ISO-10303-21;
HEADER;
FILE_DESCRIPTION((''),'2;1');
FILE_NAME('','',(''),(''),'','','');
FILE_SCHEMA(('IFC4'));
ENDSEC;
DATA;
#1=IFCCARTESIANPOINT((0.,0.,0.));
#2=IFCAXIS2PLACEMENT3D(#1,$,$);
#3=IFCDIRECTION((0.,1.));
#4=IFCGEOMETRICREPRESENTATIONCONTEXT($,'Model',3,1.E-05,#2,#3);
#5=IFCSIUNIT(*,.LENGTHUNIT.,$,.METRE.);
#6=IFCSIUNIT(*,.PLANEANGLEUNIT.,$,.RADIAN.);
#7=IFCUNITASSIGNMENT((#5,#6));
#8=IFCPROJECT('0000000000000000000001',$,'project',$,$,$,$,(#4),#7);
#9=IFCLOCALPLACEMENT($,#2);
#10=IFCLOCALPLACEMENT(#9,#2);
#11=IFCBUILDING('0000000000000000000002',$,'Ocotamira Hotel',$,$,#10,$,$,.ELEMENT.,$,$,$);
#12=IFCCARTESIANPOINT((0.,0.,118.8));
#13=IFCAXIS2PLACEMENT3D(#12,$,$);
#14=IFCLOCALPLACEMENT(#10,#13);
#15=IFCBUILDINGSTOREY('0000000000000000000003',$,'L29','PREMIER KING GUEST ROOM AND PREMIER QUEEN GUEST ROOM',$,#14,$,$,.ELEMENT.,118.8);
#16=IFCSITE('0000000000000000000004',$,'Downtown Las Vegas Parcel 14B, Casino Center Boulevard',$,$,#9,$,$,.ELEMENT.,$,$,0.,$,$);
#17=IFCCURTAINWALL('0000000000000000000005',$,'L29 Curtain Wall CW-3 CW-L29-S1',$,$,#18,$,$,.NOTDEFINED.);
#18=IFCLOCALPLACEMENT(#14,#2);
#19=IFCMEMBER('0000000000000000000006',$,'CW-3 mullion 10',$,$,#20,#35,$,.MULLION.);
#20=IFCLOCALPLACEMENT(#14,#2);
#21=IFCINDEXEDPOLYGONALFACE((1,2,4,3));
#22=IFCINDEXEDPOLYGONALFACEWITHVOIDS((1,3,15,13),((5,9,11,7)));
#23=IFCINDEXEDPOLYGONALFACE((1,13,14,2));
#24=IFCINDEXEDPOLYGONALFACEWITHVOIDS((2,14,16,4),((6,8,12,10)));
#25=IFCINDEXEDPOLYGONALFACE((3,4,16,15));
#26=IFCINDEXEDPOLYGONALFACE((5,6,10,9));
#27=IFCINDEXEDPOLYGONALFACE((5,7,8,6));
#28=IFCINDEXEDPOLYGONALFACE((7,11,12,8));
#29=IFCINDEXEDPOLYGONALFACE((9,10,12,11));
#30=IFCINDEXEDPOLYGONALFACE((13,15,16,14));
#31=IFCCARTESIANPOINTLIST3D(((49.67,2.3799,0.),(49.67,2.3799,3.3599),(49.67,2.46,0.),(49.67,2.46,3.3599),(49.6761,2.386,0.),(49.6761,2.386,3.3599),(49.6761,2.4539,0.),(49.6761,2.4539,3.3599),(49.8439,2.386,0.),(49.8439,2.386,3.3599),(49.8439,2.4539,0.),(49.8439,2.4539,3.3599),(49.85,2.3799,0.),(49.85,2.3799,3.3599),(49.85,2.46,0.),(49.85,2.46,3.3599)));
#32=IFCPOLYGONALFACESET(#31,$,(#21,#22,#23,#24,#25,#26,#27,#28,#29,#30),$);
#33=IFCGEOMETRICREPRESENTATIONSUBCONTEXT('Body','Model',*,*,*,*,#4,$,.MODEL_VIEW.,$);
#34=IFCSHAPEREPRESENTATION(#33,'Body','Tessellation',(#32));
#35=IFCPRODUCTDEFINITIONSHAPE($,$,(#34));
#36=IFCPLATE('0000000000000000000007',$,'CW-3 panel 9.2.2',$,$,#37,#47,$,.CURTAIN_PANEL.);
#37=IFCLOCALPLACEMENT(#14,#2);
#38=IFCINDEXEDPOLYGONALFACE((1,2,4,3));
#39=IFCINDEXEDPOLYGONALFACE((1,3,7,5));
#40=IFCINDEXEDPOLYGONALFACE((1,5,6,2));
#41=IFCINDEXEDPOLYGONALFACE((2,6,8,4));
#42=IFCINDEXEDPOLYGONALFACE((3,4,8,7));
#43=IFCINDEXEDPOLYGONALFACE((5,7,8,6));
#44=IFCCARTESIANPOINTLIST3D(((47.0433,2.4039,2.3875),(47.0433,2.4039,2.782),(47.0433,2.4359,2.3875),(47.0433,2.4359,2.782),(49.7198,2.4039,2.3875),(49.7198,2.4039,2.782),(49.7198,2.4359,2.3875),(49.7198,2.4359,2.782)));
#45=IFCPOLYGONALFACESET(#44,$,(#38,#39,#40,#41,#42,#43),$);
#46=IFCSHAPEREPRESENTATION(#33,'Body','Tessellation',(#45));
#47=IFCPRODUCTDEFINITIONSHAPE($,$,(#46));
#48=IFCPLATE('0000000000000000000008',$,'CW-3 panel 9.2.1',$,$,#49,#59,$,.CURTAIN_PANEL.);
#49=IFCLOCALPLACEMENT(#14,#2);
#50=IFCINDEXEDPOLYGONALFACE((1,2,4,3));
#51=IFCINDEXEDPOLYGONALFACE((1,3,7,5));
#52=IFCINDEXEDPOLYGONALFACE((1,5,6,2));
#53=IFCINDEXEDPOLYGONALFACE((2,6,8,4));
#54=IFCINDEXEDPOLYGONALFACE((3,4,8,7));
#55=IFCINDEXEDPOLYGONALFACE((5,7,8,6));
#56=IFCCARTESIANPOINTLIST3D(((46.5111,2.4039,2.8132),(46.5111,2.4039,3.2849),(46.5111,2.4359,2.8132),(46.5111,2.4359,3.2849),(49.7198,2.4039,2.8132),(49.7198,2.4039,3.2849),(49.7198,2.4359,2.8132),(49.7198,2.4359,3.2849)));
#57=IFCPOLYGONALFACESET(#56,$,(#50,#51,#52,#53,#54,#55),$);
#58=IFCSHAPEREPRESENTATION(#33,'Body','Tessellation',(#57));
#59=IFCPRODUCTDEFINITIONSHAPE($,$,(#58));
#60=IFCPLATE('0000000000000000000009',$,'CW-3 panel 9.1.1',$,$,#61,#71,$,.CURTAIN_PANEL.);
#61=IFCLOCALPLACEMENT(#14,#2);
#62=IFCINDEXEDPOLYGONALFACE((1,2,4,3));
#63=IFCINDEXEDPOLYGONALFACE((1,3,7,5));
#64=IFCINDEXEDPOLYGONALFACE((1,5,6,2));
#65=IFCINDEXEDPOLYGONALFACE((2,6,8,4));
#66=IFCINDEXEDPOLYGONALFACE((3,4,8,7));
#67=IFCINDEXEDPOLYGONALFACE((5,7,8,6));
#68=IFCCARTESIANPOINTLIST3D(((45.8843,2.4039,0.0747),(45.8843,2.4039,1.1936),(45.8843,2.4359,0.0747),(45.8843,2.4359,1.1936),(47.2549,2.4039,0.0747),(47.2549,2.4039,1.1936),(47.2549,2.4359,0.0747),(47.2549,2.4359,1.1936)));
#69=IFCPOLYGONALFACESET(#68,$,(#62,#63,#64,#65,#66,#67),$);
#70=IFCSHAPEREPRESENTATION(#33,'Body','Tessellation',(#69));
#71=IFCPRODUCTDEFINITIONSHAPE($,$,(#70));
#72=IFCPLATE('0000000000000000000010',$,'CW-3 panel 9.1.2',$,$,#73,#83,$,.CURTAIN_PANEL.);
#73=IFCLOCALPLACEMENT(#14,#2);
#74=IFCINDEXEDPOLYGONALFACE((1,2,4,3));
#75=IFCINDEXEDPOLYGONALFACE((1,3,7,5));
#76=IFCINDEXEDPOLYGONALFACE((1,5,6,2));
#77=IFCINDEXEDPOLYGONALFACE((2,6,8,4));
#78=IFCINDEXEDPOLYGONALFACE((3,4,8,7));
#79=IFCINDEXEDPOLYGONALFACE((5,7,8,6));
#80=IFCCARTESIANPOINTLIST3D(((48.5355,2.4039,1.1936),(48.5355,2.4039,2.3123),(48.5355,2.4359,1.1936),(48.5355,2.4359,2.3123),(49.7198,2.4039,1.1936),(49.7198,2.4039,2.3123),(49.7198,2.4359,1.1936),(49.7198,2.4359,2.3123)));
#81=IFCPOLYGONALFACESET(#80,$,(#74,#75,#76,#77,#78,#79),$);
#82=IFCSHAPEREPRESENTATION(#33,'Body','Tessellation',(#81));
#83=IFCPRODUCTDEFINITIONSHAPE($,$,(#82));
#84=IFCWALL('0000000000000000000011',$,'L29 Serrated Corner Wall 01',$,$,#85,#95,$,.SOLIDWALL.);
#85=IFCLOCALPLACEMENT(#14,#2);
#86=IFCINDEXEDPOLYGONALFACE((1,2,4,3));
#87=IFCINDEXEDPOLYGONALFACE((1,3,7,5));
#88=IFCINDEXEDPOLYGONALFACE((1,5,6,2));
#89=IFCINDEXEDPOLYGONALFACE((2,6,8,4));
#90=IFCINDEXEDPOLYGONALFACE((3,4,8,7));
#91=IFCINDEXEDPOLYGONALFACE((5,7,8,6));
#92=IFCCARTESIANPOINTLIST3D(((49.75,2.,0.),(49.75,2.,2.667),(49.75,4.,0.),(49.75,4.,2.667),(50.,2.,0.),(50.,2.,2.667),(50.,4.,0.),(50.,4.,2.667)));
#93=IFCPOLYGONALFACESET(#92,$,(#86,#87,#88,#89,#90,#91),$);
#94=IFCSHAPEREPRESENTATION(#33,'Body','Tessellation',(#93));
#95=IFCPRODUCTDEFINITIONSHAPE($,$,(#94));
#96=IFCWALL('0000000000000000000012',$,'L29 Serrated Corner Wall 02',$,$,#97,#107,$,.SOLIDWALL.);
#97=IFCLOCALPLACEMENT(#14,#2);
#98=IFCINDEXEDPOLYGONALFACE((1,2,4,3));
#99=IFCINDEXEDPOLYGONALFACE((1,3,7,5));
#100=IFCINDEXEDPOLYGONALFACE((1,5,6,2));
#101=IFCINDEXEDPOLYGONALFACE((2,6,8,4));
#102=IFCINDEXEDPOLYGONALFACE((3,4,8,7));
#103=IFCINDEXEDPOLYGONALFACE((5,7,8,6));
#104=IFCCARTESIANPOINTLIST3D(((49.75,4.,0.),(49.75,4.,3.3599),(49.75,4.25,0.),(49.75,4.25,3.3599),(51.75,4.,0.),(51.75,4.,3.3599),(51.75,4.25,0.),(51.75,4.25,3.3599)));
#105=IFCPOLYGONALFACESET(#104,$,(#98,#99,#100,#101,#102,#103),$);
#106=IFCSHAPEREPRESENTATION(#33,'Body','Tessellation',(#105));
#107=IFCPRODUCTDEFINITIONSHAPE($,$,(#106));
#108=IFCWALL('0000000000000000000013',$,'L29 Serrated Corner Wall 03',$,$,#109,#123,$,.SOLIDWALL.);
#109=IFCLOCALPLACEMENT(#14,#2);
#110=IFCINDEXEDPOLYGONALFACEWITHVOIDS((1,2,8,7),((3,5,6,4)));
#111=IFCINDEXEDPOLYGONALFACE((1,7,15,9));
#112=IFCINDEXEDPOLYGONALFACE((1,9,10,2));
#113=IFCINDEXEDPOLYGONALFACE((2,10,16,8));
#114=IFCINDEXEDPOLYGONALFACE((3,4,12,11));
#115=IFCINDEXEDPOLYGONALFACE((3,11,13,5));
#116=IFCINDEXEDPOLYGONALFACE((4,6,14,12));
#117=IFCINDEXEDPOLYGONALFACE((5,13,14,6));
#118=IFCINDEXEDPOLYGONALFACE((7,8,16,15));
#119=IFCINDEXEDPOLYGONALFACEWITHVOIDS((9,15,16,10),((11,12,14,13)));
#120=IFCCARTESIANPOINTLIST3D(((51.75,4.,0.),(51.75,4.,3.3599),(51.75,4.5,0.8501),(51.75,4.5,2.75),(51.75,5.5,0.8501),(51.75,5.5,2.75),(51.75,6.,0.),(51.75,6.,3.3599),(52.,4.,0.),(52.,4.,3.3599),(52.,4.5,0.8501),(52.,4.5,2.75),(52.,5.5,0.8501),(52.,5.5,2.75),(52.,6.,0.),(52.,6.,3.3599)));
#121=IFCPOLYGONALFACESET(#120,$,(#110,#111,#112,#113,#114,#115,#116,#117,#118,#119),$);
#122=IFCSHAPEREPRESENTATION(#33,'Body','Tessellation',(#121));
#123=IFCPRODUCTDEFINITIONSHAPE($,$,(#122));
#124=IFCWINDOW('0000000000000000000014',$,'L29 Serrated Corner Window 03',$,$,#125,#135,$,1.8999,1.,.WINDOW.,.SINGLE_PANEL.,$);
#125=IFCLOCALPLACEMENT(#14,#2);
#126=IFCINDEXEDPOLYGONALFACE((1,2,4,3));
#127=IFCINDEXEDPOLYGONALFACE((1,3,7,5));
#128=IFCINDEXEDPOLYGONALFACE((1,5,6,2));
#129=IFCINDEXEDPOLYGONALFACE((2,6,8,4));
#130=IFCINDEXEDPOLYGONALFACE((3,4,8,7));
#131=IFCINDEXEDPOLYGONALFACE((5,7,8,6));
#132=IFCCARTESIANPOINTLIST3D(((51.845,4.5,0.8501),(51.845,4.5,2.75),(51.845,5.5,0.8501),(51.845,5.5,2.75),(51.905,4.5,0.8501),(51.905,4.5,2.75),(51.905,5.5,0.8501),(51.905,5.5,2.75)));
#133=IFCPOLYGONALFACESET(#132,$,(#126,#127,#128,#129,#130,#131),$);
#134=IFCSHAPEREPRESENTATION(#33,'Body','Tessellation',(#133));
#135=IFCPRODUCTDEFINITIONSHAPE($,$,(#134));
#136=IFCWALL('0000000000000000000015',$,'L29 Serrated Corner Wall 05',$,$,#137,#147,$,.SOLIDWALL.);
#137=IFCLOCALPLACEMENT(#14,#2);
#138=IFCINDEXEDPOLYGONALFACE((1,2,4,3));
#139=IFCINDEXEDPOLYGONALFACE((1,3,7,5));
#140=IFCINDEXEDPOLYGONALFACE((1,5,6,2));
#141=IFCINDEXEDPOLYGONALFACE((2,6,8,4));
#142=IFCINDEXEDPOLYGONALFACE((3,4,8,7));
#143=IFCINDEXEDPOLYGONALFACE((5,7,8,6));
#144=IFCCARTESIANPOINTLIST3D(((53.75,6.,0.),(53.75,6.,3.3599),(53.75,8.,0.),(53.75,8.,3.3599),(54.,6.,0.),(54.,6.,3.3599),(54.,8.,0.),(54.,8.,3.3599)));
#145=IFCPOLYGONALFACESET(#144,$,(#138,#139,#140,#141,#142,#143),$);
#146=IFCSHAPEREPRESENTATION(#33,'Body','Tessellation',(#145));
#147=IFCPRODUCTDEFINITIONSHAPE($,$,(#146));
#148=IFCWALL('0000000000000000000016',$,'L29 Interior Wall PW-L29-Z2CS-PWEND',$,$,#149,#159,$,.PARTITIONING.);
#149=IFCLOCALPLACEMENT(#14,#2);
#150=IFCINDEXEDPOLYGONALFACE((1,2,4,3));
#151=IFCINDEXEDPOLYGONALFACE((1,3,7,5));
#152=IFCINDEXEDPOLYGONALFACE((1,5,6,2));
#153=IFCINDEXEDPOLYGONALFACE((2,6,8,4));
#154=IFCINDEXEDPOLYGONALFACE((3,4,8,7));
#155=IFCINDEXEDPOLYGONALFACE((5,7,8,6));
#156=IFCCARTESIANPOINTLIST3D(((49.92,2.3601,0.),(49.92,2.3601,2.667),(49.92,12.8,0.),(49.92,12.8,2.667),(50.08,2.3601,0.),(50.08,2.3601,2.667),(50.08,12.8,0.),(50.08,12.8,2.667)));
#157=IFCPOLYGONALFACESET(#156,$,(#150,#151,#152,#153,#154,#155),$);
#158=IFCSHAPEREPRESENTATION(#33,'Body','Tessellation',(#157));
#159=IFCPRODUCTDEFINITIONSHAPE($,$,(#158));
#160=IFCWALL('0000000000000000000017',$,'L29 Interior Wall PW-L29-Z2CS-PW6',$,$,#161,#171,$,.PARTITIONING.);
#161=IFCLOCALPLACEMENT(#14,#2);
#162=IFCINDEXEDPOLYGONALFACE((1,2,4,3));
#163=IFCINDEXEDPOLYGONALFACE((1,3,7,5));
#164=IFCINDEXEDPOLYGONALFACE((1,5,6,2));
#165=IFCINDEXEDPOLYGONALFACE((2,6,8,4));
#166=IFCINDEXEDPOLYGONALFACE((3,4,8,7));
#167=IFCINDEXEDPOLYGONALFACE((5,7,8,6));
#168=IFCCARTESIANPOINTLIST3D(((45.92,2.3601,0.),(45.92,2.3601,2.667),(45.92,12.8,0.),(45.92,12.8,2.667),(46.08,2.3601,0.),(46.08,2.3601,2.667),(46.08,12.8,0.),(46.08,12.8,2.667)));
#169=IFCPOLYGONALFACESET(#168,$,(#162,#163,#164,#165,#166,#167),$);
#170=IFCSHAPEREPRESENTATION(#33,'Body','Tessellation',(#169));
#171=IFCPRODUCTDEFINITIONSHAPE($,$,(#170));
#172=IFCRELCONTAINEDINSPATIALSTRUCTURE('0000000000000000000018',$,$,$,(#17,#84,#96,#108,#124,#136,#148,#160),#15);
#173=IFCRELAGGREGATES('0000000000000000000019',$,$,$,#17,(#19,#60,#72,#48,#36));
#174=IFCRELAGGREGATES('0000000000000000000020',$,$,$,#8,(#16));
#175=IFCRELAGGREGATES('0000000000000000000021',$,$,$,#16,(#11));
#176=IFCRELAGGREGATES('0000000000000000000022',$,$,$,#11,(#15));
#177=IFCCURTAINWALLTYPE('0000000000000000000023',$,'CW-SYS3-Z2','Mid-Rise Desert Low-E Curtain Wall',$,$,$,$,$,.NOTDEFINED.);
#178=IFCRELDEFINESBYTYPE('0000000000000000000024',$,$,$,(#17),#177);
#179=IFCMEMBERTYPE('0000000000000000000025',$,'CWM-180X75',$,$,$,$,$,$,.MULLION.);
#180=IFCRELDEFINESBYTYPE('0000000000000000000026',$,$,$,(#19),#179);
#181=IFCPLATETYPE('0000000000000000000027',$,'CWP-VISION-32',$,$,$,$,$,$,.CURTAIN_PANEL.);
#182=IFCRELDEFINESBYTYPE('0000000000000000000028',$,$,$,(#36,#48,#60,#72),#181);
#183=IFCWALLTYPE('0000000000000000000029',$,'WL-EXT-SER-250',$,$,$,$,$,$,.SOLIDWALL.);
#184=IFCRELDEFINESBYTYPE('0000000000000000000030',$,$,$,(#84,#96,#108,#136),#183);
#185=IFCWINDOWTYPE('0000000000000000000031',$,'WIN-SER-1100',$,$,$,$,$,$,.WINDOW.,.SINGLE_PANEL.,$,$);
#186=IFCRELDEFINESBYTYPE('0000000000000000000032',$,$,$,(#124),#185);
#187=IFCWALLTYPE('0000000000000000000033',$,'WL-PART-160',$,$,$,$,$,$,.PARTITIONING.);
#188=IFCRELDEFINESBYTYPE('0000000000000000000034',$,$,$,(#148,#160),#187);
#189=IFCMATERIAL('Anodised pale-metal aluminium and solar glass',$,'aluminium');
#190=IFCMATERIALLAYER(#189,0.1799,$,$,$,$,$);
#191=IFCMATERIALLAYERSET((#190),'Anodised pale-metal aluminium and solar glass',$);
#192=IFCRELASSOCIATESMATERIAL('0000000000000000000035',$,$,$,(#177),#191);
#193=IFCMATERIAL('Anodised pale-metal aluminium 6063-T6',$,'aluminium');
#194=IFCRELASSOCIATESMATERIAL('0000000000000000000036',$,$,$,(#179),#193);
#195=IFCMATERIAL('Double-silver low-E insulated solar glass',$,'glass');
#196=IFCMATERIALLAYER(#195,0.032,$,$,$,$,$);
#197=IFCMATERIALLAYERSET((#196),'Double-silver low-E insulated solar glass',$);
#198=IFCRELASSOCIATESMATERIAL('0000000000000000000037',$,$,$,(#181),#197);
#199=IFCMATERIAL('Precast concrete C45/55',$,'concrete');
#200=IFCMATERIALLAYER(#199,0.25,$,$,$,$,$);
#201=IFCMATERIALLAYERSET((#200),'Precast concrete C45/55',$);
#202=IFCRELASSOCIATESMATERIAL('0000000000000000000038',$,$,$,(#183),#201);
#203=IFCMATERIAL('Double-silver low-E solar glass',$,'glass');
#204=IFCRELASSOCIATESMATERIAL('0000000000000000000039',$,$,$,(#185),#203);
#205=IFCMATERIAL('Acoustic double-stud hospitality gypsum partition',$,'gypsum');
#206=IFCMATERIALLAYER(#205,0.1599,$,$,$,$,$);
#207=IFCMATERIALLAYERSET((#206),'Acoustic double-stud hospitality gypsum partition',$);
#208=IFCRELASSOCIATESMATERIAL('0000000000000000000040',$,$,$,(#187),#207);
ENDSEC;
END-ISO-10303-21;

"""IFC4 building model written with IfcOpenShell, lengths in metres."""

from ifc_helpers import new_model, si_unit, direction, frame, frame_2d, origin, origin_2d, place, context, subcontext, project, spatial, rectangle, hollow_rectangle, extrude, source, transform, mapped, material, layer, layer_set, material_profile, profile_set, type_object, element, fill, aggregate, save


model = new_model("IFC4")

# Units and contexts
model_context = context("Model", 3, precision=1e-05, world=origin(), true_north=direction((0.0, 1.0)))
body_context = subcontext(model_context, "Body", "Model", "MODEL_VIEW")
ifc_project = project(units=[si_unit("LENGTHUNIT", "METRE"), si_unit("PLANEANGLEUNIT", "RADIAN")], contexts=[model_context])

# Site, building, storey
site_placement = place(None, origin())
site = spatial("IfcSite", under=ifc_project, at=site_placement, Name="Downtown Las Vegas Parcel 14B, Casino Center Boulevard", CompositionType="ELEMENT", RefElevation=0.0)
building_placement = place(site_placement, origin())
building = spatial("IfcBuilding", under=site, at=building_placement, Name="Ocotamira Hotel", CompositionType="ELEMENT")
storey_placement = place(building_placement, frame((0.0, 0.0, 118.8)))
storey = spatial("IfcBuildingStorey", under=building, at=storey_placement, Name="L29", Description="PREMIER KING GUEST ROOM AND PREMIER QUEEN GUEST ROOM", CompositionType="ELEMENT", Elevation=118.8)

# Curtain wall, member, plates
ifc_material_1 = material(Name="Anodised pale-metal aluminium and solar glass", Category="aluminium")
ifc_layer_1 = layer(ifc_material_1, 0.1799)
ifc_layer_set_1 = layer_set([ifc_layer_1], Name="Anodised pale-metal aluminium and solar glass")
curtain_wall_type = type_object("IfcCurtainWallType", Name="CW-SYS3-Z2", Description="Mid-Rise Desert Low-E Curtain Wall", PredefinedType="NOTDEFINED", material=ifc_layer_set_1)
curtain_wall_placement = place(storey_placement, origin())
curtain_wall = element("IfcCurtainWall", 1, at=curtain_wall_placement, inside=storey, type_object=curtain_wall_type, Name="L29 Curtain Wall CW-3 CW-L29-S1", PredefinedType="NOTDEFINED")
ifc_material_2 = material(Name="Anodised pale-metal aluminium 6063-T6", Category="aluminium")
ifc_material_profile_1 = material_profile(ifc_material_2, hollow_rectangle(XDim=0.0801, YDim=0.1799, WallThickness=0.0061, at=origin_2d()), Name="HSS180X80X6")
ifc_profile_set_1 = profile_set([ifc_material_profile_1], Name="Anodised pale-metal aluminium 6063-T6")
member_type_1 = type_object("IfcMemberType", Name="CWM-180X75", PredefinedType="MULLION", material=ifc_profile_set_1)
shared_shape_1 = source(origin(), body_context, "Body", "SweptSolid", [
    extrude(hollow_rectangle(XDim=0.0801, YDim=0.1799, WallThickness=0.0061, at=origin_2d()), origin(), (0.0, 0.0, 1.0), 3.3599),
])
member_1_placement = place(storey_placement, frame((49.76, 2.4199, 0.0), z_axis=(0.0, 0.0, 1.0), x_axis=(0.0, 1.0, 0.0)))
member_1 = element("IfcMember", 2, at=member_1_placement, type_object=member_type_1, Name="CW-3 mullion 10", PredefinedType="MULLION", context=body_context, shape_type="MappedRepresentation", body=[
    mapped(shared_shape_1, transform((0.0, 0.0, 0.0), scale=1.0)),
])
ifc_material_3 = material(Name="Double-silver low-E insulated solar glass", Category="glass")
ifc_layer_2 = layer(ifc_material_3, 0.032)
ifc_layer_set_2 = layer_set([ifc_layer_2], Name="Double-silver low-E insulated solar glass")
plate_type = type_object("IfcPlateType", Name="CWP-VISION-32", PredefinedType="CURTAIN_PANEL", material=ifc_layer_set_2)
shared_shape_2 = source(origin(), body_context, "Body", "SweptSolid", [
    extrude(rectangle(XDim=2.6765, YDim=0.032, at=origin_2d()), origin(), (0.0, 0.0, 1.0), 0.3945),
])
plate_1_placement = place(storey_placement, frame((48.3816, 2.4199, 2.3875), z_axis=(0.0, 0.0, 1.0), x_axis=(1.0, 0.0, 0.0)))
plate_1 = element("IfcPlate", 3, at=plate_1_placement, type_object=plate_type, Name="CW-3 panel 9.2.2", PredefinedType="CURTAIN_PANEL", context=body_context, shape_type="MappedRepresentation", body=[
    mapped(shared_shape_2, transform((0.0, 0.0, 0.0), scale=1.0)),
])
shared_shape_3 = source(origin(), body_context, "Body", "SweptSolid", [
    extrude(rectangle(XDim=3.2087, YDim=0.032, at=origin_2d()), origin(), (0.0, 0.0, 1.0), 0.4717),
])
plate_2_placement = place(storey_placement, frame((48.1155, 2.4199, 2.8132), z_axis=(0.0, 0.0, 1.0), x_axis=(1.0, 0.0, 0.0)))
plate_2 = element("IfcPlate", 4, at=plate_2_placement, type_object=plate_type, Name="CW-3 panel 9.2.1", PredefinedType="CURTAIN_PANEL", context=body_context, shape_type="MappedRepresentation", body=[
    mapped(shared_shape_3, transform((0.0, 0.0, 0.0), scale=1.0)),
])
shared_shape_4 = source(origin(), body_context, "Body", "SweptSolid", [
    extrude(rectangle(XDim=1.3706, YDim=0.032, at=origin_2d()), origin(), (0.0, 0.0, 1.0), 1.1189),
])
plate_3_placement = place(storey_placement, frame((46.5696, 2.4199, 0.0747), z_axis=(0.0, 0.0, 1.0), x_axis=(1.0, 0.0, 0.0)))
plate_3 = element("IfcPlate", 5, at=plate_3_placement, type_object=plate_type, Name="CW-3 panel 9.1.1", PredefinedType="CURTAIN_PANEL", context=body_context, shape_type="MappedRepresentation", body=[
    mapped(shared_shape_4, transform((0.0, 0.0, 0.0), scale=1.0)),
])
shared_shape_5 = source(origin(), body_context, "Body", "SweptSolid", [
    extrude(rectangle(XDim=1.1843, YDim=0.032, at=origin_2d()), origin(), (0.0, 0.0, 1.0), 1.1187),
])
plate_4_placement = place(storey_placement, frame((49.1277, 2.4199, 1.1936), z_axis=(0.0, 0.0, 1.0), x_axis=(1.0, 0.0, 0.0)))
plate_4 = element("IfcPlate", 6, at=plate_4_placement, type_object=plate_type, Name="CW-3 panel 9.1.2", PredefinedType="CURTAIN_PANEL", context=body_context, shape_type="MappedRepresentation", body=[
    mapped(shared_shape_5, transform((0.0, 0.0, 0.0), scale=1.0)),
])
aggregate(curtain_wall, [member_1, plate_3, plate_4, plate_2, plate_1])

# Walls
ifc_material_4 = material(Name="Precast concrete C45/55", Category="concrete")
ifc_layer_3 = layer(ifc_material_4, 0.25)
ifc_layer_set_3 = layer_set([ifc_layer_3], Name="Precast concrete C45/55")
wall_type_1 = type_object("IfcWallType", Name="WL-EXT-SER-250", PredefinedType="SOLIDWALL", material=ifc_layer_set_3)
wall_1_placement = place(storey_placement, frame((49.875, 2.0, 0.0), z_axis=(0.0, 0.0, 1.0), x_axis=(0.0, 1.0, 0.0)))
element("IfcWall", 7, at=wall_1_placement, inside=storey, type_object=wall_type_1, Name="L29 Serrated Corner Wall 01", PredefinedType="SOLIDWALL", context=body_context, shape_type="SweptSolid", body=[
    extrude(rectangle(XDim=2.0, YDim=0.25, at=frame_2d((1.0, 0.0))), origin(), (0.0, 0.0, 1.0), 2.667),
])
wall_2_placement = place(storey_placement, frame((49.75, 4.125, 0.0), z_axis=(0.0, 0.0, 1.0), x_axis=(1.0, 0.0, 0.0)))
element("IfcWall", 8, at=wall_2_placement, inside=storey, type_object=wall_type_1, Name="L29 Serrated Corner Wall 02", PredefinedType="SOLIDWALL", context=body_context, shape_type="SweptSolid", body=[
    extrude(rectangle(XDim=2.0, YDim=0.25, at=frame_2d((1.0, 0.0))), origin(), (0.0, 0.0, 1.0), 3.3599),
])

# Wall, opening, window
wall_3_placement = place(storey_placement, frame((51.875, 4.0, 0.0), z_axis=(0.0, 0.0, 1.0), x_axis=(0.0, 1.0, 0.0)))
wall_3 = element("IfcWall", 9, at=wall_3_placement, inside=storey, type_object=wall_type_1, Name="L29 Serrated Corner Wall 03", PredefinedType="SOLIDWALL", context=body_context, shape_type="SweptSolid", body=[
    extrude(rectangle(XDim=2.0, YDim=0.25, at=frame_2d((1.0, 0.0))), origin(), (0.0, 0.0, 1.0), 3.3599),
])
opening_placement = place(wall_3_placement, frame((0.5, 0.0, 0.8501)))
opening = element("IfcOpeningElement", 10, at=opening_placement, cuts=wall_3, PredefinedType="OPENING", context=body_context, shape_type="SweptSolid", body=[
    extrude(rectangle(XDim=1.0, YDim=1.8999, at=frame_2d((0.5, 0.95))), frame((0.0, 0.135, 0.0), z_axis=(0.0, -1.0, 0.0), x_axis=(1.0, 0.0, 0.0)), (0.0, 0.0, 1.0), 0.27),
])
ifc_material_5 = material(Name="Double-silver low-E solar glass", Category="glass")
window_type = type_object("IfcWindowType", Name="WIN-SER-1100", PartitioningType="SINGLE_PANEL", PredefinedType="WINDOW", material=ifc_material_5)
shared_shape_6 = source(origin(), body_context, "Body", "SweptSolid", [
    extrude(rectangle(XDim=1.0, YDim=1.8999, at=frame_2d((0.5, 0.95))), frame((0.0, 0.03, 0.0), z_axis=(0.0, -1.0, 0.0), x_axis=(1.0, 0.0, 0.0)), (0.0, 0.0, 1.0), 0.0601),
])
window_placement = place(opening_placement, origin())
window = element("IfcWindow", 11, at=window_placement, inside=storey, type_object=window_type, Name="L29 Serrated Corner Window 03", OverallHeight=1.8999, OverallWidth=1.0, PartitioningType="SINGLE_PANEL", PredefinedType="WINDOW", context=body_context, shape_type="MappedRepresentation", body=[
    mapped(shared_shape_6, transform((0.0, 0.0, 0.0), scale=1.0)),
])
fill(opening, window)

# Walls
wall_4_placement = place(storey_placement, frame((53.875, 6.0, 0.0), z_axis=(0.0, 0.0, 1.0), x_axis=(0.0, 1.0, 0.0)))
element("IfcWall", 12, at=wall_4_placement, inside=storey, type_object=wall_type_1, Name="L29 Serrated Corner Wall 05", PredefinedType="SOLIDWALL", context=body_context, shape_type="SweptSolid", body=[
    extrude(rectangle(XDim=2.0, YDim=0.25, at=frame_2d((1.0, 0.0))), origin(), (0.0, 0.0, 1.0), 3.3599),
])
ifc_material_6 = material(Name="Acoustic double-stud hospitality gypsum partition", Category="gypsum")
ifc_layer_4 = layer(ifc_material_6, 0.1599)
ifc_layer_set_4 = layer_set([ifc_layer_4], Name="Acoustic double-stud hospitality gypsum partition")
wall_type_2 = type_object("IfcWallType", Name="WL-PART-160", PredefinedType="PARTITIONING", material=ifc_layer_set_4)
for number, where, z_axis, x_axis, name in (
    (13, (50.0, 2.3601, 0.0), (0.0, 0.0, 1.0), (0.0, 1.0, 0.0), "L29 Interior Wall PW-L29-Z2CS-PWEND"),
    (14, (46.0, 2.3601, 0.0), (0.0, 0.0, 1.0), (0.0, 1.0, 0.0), "L29 Interior Wall PW-L29-Z2CS-PW6"),
):
    element("IfcWall", number, at=place(storey_placement, frame(where, z_axis=z_axis, x_axis=x_axis)), inside=storey, type_object=wall_type_2, Name=name, PredefinedType="PARTITIONING", context=body_context, shape_type="SweptSolid", body=[
        extrude(rectangle(XDim=10.4399, YDim=0.1599, at=frame_2d((5.22, 0.0))), origin(), (0.0, 0.0, 1.0), 2.667),
    ])

save(model, "model.ifc")
